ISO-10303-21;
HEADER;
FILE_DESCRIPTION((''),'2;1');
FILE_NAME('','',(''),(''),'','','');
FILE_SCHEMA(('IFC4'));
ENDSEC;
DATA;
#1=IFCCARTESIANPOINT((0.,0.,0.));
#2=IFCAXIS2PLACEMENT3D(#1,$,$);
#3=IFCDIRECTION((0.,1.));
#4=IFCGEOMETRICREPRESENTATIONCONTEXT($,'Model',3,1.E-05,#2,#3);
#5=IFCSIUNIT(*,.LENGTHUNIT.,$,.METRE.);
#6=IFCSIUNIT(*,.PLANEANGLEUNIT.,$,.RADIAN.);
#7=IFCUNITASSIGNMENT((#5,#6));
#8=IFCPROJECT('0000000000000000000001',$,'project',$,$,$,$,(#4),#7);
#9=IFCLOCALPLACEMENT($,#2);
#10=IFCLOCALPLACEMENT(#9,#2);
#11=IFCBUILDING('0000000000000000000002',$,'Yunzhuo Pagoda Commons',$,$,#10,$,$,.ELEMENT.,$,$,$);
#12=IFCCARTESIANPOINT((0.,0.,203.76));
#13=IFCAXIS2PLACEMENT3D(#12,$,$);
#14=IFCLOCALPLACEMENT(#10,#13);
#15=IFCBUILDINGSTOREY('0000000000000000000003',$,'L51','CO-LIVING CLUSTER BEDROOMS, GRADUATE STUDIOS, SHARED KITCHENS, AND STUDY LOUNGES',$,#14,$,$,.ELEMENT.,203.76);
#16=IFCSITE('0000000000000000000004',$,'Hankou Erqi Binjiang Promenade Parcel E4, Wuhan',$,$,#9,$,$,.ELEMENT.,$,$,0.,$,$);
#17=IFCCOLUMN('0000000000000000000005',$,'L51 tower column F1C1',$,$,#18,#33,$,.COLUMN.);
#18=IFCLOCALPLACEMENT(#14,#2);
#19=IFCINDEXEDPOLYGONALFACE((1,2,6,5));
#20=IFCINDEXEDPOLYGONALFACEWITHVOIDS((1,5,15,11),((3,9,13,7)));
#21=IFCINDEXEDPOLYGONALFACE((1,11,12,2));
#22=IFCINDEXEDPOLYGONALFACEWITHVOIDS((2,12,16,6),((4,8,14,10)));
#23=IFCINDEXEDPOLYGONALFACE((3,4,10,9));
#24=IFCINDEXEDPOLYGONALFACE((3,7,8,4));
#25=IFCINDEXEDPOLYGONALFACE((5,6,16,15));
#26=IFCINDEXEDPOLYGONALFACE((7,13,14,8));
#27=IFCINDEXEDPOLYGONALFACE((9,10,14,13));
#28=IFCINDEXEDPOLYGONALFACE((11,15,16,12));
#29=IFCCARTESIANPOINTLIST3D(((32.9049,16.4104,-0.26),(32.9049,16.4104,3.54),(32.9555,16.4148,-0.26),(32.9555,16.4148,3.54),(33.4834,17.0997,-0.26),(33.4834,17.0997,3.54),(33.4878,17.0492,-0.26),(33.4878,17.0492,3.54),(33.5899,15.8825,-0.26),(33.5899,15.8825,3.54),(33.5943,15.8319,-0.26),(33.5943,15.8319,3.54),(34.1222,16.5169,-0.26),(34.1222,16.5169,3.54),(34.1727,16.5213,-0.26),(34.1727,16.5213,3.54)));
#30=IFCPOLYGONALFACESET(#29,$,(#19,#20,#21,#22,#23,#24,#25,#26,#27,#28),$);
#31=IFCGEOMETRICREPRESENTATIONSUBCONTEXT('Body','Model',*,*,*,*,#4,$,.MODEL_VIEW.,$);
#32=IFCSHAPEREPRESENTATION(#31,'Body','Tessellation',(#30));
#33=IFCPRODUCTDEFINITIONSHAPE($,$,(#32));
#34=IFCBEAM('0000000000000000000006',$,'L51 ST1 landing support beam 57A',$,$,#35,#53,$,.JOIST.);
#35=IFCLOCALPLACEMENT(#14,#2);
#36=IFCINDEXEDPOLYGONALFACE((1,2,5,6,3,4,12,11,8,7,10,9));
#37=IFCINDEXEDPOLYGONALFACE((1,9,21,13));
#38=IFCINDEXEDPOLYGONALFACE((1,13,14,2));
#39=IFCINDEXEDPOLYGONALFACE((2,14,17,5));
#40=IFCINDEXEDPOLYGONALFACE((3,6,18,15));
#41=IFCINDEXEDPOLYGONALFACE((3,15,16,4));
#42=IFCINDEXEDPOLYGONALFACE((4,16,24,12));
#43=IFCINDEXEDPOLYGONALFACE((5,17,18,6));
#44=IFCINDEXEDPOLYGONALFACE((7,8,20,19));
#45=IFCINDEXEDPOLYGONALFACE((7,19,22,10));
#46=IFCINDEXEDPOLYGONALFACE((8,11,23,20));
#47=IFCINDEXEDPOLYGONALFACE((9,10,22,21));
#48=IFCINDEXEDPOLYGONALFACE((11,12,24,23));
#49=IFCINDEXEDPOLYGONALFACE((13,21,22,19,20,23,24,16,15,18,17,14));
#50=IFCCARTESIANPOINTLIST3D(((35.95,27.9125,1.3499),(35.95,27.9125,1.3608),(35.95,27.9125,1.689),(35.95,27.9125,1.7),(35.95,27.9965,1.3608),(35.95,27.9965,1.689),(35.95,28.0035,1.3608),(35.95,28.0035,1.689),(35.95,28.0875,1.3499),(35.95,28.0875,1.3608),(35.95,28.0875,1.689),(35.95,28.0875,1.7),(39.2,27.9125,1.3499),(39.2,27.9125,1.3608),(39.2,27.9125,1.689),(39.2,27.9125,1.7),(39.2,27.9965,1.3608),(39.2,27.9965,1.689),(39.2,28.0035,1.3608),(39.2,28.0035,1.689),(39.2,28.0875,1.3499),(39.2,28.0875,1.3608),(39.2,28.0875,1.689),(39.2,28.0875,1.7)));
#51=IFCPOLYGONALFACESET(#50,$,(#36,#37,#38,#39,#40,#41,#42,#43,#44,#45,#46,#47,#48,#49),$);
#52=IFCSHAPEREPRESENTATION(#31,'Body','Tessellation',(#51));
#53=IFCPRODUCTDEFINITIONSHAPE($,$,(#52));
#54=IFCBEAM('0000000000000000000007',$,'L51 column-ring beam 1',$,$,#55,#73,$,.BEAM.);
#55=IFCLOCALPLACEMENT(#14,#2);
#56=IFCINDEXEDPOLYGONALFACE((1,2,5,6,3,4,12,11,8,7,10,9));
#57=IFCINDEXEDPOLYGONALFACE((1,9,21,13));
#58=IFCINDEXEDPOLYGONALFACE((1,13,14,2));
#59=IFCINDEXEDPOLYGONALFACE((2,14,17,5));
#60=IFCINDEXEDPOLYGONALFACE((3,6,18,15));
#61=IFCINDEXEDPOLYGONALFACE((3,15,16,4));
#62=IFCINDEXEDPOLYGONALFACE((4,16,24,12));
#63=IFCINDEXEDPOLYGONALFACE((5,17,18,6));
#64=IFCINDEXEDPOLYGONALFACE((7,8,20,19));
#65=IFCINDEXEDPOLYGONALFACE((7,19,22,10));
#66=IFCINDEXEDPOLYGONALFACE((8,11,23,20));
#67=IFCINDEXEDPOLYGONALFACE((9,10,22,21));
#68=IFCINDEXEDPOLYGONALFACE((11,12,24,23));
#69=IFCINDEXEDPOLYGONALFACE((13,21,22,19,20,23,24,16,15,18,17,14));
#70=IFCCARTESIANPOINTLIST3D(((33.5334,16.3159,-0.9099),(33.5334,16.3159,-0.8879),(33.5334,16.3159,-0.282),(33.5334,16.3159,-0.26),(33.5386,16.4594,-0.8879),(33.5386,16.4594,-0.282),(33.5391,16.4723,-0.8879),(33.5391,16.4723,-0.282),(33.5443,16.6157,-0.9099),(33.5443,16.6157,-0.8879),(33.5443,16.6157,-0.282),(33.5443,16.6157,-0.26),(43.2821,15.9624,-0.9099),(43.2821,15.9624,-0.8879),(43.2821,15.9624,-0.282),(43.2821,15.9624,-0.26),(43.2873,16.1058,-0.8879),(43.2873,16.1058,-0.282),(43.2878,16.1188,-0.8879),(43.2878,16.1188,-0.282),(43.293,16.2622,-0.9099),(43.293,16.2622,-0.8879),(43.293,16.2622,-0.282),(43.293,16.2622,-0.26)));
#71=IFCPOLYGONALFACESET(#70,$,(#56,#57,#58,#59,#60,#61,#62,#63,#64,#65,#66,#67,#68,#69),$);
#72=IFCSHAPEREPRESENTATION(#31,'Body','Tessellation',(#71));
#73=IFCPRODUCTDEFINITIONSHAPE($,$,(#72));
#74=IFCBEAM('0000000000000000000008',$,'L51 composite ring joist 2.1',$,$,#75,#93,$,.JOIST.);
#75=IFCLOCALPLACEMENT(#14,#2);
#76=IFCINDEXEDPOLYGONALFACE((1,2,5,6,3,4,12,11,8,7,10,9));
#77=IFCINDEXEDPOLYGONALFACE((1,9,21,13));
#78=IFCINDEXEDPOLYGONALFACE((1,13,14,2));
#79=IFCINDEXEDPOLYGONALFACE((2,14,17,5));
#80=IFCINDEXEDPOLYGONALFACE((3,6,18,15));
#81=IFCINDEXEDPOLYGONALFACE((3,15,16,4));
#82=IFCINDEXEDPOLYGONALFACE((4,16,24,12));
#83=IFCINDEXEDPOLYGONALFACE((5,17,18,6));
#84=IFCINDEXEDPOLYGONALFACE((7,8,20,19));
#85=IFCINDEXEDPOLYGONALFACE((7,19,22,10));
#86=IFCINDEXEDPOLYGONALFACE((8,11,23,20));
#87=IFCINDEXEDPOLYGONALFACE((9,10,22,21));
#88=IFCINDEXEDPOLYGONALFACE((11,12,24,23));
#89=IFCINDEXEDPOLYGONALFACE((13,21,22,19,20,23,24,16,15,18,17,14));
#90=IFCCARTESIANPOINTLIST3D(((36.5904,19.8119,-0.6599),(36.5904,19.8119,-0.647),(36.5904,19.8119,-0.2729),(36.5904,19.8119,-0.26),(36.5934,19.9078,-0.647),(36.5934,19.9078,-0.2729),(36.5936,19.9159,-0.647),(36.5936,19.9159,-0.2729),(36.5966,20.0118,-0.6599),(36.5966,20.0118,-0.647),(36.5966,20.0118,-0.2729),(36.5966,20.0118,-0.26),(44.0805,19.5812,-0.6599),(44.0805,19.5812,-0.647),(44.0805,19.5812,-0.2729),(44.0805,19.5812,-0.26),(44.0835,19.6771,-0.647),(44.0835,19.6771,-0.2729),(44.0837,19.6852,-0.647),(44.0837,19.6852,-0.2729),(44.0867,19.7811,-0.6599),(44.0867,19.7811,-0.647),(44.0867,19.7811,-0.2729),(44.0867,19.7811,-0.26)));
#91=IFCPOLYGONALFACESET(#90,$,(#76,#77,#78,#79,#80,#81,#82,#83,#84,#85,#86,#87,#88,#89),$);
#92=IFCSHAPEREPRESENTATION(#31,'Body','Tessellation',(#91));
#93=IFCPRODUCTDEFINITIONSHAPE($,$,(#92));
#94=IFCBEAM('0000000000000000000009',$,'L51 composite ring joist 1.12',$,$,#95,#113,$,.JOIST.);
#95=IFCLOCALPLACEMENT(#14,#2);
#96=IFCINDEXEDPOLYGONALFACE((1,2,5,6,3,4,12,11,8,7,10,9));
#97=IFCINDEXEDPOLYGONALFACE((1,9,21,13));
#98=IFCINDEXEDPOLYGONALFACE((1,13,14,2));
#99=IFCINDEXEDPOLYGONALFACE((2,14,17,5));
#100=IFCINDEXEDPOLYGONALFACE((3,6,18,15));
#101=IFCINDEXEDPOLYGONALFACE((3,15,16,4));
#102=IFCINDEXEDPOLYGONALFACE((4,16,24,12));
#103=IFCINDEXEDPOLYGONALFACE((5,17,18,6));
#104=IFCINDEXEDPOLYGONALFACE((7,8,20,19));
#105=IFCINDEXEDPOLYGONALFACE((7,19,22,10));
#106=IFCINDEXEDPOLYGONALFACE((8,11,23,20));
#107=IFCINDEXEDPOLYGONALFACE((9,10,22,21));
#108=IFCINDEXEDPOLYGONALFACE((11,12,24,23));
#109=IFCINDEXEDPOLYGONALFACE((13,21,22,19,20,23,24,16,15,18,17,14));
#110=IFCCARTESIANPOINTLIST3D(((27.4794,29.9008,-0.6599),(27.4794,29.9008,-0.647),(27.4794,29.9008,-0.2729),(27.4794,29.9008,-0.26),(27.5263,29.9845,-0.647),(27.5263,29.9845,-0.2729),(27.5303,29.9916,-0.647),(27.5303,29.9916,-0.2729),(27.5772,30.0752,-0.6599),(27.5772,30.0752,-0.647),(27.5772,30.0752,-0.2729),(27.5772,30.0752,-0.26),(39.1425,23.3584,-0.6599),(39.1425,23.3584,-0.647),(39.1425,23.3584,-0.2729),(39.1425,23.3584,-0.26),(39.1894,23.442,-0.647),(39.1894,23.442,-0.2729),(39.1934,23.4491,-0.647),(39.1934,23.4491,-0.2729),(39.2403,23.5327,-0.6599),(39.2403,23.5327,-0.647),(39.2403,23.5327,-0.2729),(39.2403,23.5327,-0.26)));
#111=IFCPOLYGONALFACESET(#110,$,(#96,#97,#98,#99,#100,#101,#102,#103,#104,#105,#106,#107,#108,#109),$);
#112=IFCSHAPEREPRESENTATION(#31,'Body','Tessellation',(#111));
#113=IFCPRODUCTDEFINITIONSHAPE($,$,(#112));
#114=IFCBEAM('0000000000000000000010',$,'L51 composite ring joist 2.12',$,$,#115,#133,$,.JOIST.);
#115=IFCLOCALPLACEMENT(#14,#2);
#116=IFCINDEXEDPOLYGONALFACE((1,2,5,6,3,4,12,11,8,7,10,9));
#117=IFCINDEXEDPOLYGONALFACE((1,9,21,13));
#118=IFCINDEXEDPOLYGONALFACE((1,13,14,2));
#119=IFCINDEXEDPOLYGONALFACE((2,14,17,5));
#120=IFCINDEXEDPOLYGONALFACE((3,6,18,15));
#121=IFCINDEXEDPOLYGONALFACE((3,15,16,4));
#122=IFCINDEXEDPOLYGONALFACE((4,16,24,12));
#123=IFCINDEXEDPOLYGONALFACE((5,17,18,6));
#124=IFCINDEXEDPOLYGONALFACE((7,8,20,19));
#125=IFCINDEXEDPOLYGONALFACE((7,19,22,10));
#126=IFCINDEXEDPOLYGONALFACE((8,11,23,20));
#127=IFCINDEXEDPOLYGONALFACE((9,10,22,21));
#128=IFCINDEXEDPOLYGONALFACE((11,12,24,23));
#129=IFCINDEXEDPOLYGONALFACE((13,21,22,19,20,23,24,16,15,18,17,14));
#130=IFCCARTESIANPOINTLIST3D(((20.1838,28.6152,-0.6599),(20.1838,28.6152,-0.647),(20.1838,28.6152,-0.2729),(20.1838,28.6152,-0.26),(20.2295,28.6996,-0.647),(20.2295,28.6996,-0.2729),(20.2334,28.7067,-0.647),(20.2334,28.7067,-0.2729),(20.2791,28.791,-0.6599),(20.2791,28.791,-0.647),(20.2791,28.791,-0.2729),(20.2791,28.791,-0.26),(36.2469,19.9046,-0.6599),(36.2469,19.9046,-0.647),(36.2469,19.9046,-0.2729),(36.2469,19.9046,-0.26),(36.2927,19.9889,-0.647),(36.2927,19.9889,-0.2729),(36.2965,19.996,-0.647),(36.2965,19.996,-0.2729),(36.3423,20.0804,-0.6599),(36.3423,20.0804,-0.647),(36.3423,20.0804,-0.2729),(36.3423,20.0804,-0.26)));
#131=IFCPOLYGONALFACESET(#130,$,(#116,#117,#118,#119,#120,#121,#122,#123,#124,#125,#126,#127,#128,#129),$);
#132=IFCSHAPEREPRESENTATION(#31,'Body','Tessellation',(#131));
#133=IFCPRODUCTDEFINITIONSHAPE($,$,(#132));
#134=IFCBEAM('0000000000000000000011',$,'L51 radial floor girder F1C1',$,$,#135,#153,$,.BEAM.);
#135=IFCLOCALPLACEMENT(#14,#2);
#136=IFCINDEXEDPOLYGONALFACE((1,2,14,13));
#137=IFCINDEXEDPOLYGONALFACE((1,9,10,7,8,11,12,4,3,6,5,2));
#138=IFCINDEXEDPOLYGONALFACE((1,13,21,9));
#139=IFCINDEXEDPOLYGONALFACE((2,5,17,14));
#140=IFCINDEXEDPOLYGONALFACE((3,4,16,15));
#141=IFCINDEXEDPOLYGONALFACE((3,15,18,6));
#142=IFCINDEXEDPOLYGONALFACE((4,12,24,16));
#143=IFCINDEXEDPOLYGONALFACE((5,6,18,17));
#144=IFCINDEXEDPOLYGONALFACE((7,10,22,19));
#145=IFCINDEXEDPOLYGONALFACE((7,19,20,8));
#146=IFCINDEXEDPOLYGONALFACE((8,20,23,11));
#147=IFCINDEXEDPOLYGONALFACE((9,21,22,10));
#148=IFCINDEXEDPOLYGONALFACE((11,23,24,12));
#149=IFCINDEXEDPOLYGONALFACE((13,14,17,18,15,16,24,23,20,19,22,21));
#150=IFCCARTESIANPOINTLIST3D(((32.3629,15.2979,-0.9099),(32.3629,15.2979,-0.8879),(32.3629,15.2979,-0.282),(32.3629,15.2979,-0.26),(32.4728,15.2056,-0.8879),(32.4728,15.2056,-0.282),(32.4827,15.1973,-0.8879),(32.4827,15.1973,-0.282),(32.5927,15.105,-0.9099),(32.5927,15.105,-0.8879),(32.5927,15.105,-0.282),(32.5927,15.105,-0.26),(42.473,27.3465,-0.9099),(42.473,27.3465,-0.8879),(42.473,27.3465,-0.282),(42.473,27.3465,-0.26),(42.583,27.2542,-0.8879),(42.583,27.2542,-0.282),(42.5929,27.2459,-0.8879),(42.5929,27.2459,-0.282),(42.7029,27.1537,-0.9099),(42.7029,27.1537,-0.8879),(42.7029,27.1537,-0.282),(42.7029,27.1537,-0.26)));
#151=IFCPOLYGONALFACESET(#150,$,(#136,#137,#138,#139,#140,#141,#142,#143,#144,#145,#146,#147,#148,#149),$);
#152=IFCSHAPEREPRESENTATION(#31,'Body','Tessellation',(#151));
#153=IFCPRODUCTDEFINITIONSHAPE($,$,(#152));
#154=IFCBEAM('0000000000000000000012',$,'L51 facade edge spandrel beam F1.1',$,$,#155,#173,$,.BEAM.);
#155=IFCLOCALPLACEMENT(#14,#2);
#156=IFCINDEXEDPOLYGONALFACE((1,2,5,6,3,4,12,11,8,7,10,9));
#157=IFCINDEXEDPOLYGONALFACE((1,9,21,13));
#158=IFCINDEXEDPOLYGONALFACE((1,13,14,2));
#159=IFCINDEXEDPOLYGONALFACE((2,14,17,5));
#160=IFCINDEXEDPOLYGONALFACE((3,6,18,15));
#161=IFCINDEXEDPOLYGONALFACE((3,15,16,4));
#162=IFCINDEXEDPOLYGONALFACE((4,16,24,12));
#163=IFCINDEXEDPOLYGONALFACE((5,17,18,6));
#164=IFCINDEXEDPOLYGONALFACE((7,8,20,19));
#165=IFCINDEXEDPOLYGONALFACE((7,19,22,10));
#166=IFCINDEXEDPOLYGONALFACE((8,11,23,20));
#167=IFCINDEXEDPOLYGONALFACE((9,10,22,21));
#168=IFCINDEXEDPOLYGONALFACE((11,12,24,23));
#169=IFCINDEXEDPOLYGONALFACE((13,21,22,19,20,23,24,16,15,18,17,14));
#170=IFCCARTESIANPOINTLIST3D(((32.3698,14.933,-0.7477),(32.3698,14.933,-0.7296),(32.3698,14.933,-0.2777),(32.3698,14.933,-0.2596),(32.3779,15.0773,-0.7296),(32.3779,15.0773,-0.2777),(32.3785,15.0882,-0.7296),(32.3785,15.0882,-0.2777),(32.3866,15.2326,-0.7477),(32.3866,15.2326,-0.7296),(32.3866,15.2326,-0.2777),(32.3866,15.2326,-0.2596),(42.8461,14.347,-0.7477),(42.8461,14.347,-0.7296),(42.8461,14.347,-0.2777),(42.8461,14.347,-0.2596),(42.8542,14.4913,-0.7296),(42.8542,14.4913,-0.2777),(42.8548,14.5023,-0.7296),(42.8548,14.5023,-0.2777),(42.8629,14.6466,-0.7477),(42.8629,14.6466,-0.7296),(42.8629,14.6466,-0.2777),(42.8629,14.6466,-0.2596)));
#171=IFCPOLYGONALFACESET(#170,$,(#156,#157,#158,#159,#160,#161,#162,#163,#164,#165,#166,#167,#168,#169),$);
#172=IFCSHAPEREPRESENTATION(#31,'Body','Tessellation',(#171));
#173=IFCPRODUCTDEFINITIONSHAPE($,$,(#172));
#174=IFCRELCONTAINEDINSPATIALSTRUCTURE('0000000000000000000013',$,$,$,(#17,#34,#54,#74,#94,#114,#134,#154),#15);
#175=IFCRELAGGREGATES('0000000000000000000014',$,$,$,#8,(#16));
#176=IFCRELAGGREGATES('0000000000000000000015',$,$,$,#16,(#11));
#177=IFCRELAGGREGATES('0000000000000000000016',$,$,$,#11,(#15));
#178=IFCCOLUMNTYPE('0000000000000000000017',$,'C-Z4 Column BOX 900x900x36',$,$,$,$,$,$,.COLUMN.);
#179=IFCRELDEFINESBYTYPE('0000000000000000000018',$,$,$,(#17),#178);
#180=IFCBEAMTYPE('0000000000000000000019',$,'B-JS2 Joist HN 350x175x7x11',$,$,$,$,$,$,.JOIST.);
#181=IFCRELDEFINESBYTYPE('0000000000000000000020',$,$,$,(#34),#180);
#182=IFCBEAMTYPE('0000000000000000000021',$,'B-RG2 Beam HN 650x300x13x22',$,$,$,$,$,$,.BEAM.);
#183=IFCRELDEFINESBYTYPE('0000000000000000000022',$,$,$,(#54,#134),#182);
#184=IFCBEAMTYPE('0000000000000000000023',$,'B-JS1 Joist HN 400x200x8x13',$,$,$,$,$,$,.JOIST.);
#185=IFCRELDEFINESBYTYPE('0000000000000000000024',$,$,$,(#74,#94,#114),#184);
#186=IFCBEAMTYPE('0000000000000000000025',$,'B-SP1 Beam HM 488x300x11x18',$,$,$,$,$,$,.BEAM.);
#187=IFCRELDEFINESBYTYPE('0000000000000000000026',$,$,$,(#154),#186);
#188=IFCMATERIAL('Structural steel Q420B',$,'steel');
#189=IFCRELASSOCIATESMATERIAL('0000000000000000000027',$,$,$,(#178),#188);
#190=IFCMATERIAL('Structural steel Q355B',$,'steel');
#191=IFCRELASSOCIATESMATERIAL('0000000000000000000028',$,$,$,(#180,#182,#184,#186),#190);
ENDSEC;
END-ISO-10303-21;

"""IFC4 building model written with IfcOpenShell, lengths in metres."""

from ifc_helpers import new_model, si_unit, direction, frame, origin, origin_2d, place, context, subcontext, project, spatial, hollow_rectangle, i_section, extrude, source, transform, mapped, material, material_profile, profile_set, type_object, element, save


model = new_model("IFC4")

# Units and contexts
model_context = context("Model", 3, precision=1e-05, world=origin(), true_north=direction((0.0, 1.0)))
body_context = subcontext(model_context, "Body", "Model", "MODEL_VIEW")
ifc_project = project(units=[si_unit("LENGTHUNIT", "METRE"), si_unit("PLANEANGLEUNIT", "RADIAN")], contexts=[model_context])

# Site, building, storey
site_placement = place(None, origin())
site = spatial("IfcSite", under=ifc_project, at=site_placement, Name="Hankou Erqi Binjiang Promenade Parcel E4, Wuhan", CompositionType="ELEMENT", RefElevation=0.0)
building_placement = place(site_placement, origin())
building = spatial("IfcBuilding", under=site, at=building_placement, Name="Yunzhuo Pagoda Commons", CompositionType="ELEMENT")
storey_placement = place(building_placement, frame((0.0, 0.0, 203.76)))
storey = spatial("IfcBuildingStorey", under=building, at=storey_placement, Name="L51", Description="CO-LIVING CLUSTER BEDROOMS, GRADUATE STUDIOS, SHARED KITCHENS, AND STUDY LOUNGES", CompositionType="ELEMENT", Elevation=203.76)

# Column
ifc_material_1 = material(Name="Structural steel Q420B", Category="steel")
ifc_material_profile_1 = material_profile(ifc_material_1, hollow_rectangle(XDim=0.8999, YDim=0.8999, WallThickness=0.0359, at=origin_2d()), Name="Structural steel Q420B")
ifc_profile_set_1 = profile_set([ifc_material_profile_1], Name="Structural steel Q420B")
column_type = type_object("IfcColumnType", Name="C-Z4 Column BOX 900x900x36", PredefinedType="COLUMN", material=ifc_profile_set_1)
shared_shape_1 = source(origin(), body_context, "Body", "SweptSolid", [
    extrude(hollow_rectangle(XDim=0.8999, YDim=0.8999, WallThickness=0.0359, at=origin_2d()), origin(), (0.0, 0.0, 1.0), 3.8),
])
column_placement = place(storey_placement, frame((33.5388, 16.4658, -0.26), z_axis=(0.0, 0.0, 1.0), x_axis=(0.766044, -0.642788, 0.0)))
element("IfcColumn", 1, at=column_placement, inside=storey, type_object=column_type, Name="L51 tower column F1C1", PredefinedType="COLUMN", context=body_context, shape_type="MappedRepresentation", body=[
    mapped(shared_shape_1, transform((0.0, 0.0, 0.0), scale=1.0)),
])

# Beams
ifc_material_2 = material(Name="Structural steel Q355B", Category="steel")
ifc_material_profile_2 = material_profile(ifc_material_2, i_section(OverallWidth=0.175, OverallDepth=0.3501, WebThickness=0.0071, FlangeThickness=0.011, at=origin_2d()), Name="Structural steel Q355B")
ifc_profile_set_2 = profile_set([ifc_material_profile_2], Name="Structural steel Q355B")
beam_type_1 = type_object("IfcBeamType", Name="B-JS2 Joist HN 350x175x7x11", PredefinedType="JOIST", material=ifc_profile_set_2)
shared_shape_2 = source(origin(), body_context, "Body", "SweptSolid", [
    extrude(i_section(OverallWidth=0.175, OverallDepth=0.3501, WebThickness=0.0071, FlangeThickness=0.011, at=origin_2d()), origin(), (0.0, 0.0, 1.0), 3.25),
])
beam_1_placement = place(storey_placement, frame((35.95, 28.0, 1.5249), z_axis=(1.0, 0.0, 0.0), x_axis=(0.0, 1.0, 0.0)))
element("IfcBeam", 2, at=beam_1_placement, inside=storey, type_object=beam_type_1, Name="L51 ST1 landing support beam 57A", PredefinedType="JOIST", context=body_context, shape_type="MappedRepresentation", body=[
    mapped(shared_shape_2, transform((0.0, 0.0, 0.0), scale=1.0)),
])
ifc_material_profile_3 = material_profile(ifc_material_2, i_section(OverallWidth=0.3, OverallDepth=0.6499, WebThickness=0.0129, FlangeThickness=0.022, at=origin_2d()), Name="Structural steel Q355B")
ifc_profile_set_3 = profile_set([ifc_material_profile_3], Name="Structural steel Q355B")
beam_type_2 = type_object("IfcBeamType", Name="B-RG2 Beam HN 650x300x13x22", PredefinedType="BEAM", material=ifc_profile_set_3)
shared_shape_3 = source(origin(), body_context, "Body", "SweptSolid", [
    extrude(i_section(OverallWidth=0.3, OverallDepth=0.6499, WebThickness=0.0129, FlangeThickness=0.022, at=origin_2d()), origin(), (0.0, 0.0, 1.0), 9.7551),
])
beam_2_placement = place(storey_placement, frame((33.5388, 16.4658, -0.585), z_axis=(0.999343, -0.036239, 0.0), x_axis=(0.036239, 0.999343, 0.0)))
element("IfcBeam", 3, at=beam_2_placement, inside=storey, type_object=beam_type_2, Name="L51 column-ring beam 1", PredefinedType="BEAM", context=body_context, shape_type="MappedRepresentation", body=[
    mapped(shared_shape_3, transform((0.0, 0.0, 0.0), scale=1.0)),
])
ifc_material_profile_4 = material_profile(ifc_material_2, i_section(OverallWidth=0.2, OverallDepth=0.3999, WebThickness=0.0081, FlangeThickness=0.0129, at=origin_2d()), Name="Structural steel Q355B")
ifc_profile_set_4 = profile_set([ifc_material_profile_4], Name="Structural steel Q355B")
beam_type_3 = type_object("IfcBeamType", Name="B-JS1 Joist HN 400x200x8x13", PredefinedType="JOIST", material=ifc_profile_set_4)
shared_shape_4 = source(origin(), body_context, "Body", "SweptSolid", [
    extrude(i_section(OverallWidth=0.2, OverallDepth=0.3999, WebThickness=0.0081, FlangeThickness=0.0129, at=origin_2d()), origin(), (0.0, 0.0, 1.0), 7.4937),
])
beam_3_placement = place(storey_placement, frame((36.5935, 19.9119, -0.46), z_axis=(0.999526, -0.030788, 0.0), x_axis=(0.030788, 0.999526, 0.0)))
element("IfcBeam", 4, at=beam_3_placement, inside=storey, type_object=beam_type_3, Name="L51 composite ring joist 2.1", PredefinedType="JOIST", context=body_context, shape_type="MappedRepresentation", body=[
    mapped(shared_shape_4, transform((0.0, 0.0, 0.0), scale=1.0)),
])
shared_shape_5 = source(origin(), body_context, "Body", "SweptSolid", [
    extrude(i_section(OverallWidth=0.2, OverallDepth=0.3999, WebThickness=0.0081, FlangeThickness=0.0129, at=origin_2d()), origin(), (0.0, 0.0, 1.0), 13.3728),
])
beam_4_placement = place(storey_placement, frame((27.5283, 29.988, -0.46), z_axis=(0.87215, -0.489238, 0.0), x_axis=(0.489238, 0.87215, 0.0)))
element("IfcBeam", 5, at=beam_4_placement, inside=storey, type_object=beam_type_3, Name="L51 composite ring joist 1.12", PredefinedType="JOIST", context=body_context, shape_type="MappedRepresentation", body=[
    mapped(shared_shape_5, transform((0.0, 0.0, 0.0), scale=1.0)),
])
shared_shape_6 = source(origin(), body_context, "Body", "SweptSolid", [
    extrude(i_section(OverallWidth=0.2, OverallDepth=0.3999, WebThickness=0.0081, FlangeThickness=0.0129, at=origin_2d()), origin(), (0.0, 0.0, 1.0), 18.2729),
])
beam_5_placement = place(storey_placement, frame((20.2314, 28.7031, -0.46), z_axis=(0.879068, -0.476697, 0.0), x_axis=(0.476697, 0.879068, 0.0)))
element("IfcBeam", 6, at=beam_5_placement, inside=storey, type_object=beam_type_3, Name="L51 composite ring joist 2.12", PredefinedType="JOIST", context=body_context, shape_type="MappedRepresentation", body=[
    mapped(shared_shape_6, transform((0.0, 0.0, 0.0), scale=1.0)),
])
shared_shape_7 = source(origin(), body_context, "Body", "SweptSolid", [
    extrude(i_section(OverallWidth=0.3, OverallDepth=0.6499, WebThickness=0.0129, FlangeThickness=0.022, at=origin_2d()), origin(), (0.0, 0.0, 1.0), 15.7285),
])
beam_6_placement = place(storey_placement, frame((32.4778, 15.2014, -0.585), z_axis=(0.642793, 0.76604, 0.0), x_axis=(-0.76604, 0.642793, 0.0)))
element("IfcBeam", 7, at=beam_6_placement, inside=storey, type_object=beam_type_2, Name="L51 radial floor girder F1C1", PredefinedType="BEAM", context=body_context, shape_type="MappedRepresentation", body=[
    mapped(shared_shape_7, transform((0.0, 0.0, 0.0), scale=1.0)),
])
ifc_material_profile_5 = material_profile(ifc_material_2, i_section(OverallWidth=0.3, OverallDepth=0.488, WebThickness=0.011, FlangeThickness=0.0181, at=origin_2d()), Name="Structural steel Q355B")
ifc_profile_set_5 = profile_set([ifc_material_profile_5], Name="Structural steel Q355B")
beam_type_4 = type_object("IfcBeamType", Name="B-SP1 Beam HM 488x300x11x18", PredefinedType="BEAM", material=ifc_profile_set_5)
shared_shape_8 = source(origin(), body_context, "Body", "SweptSolid", [
    extrude(i_section(OverallWidth=0.3, OverallDepth=0.488, WebThickness=0.011, FlangeThickness=0.0181, at=origin_2d()), origin(), (0.0, 0.0, 1.0), 10.4927),
])
beam_7_placement = place(storey_placement, frame((32.3782, 15.0828, -0.5037), z_axis=(0.99844, -0.055842, 0.0), x_axis=(0.055842, 0.99844, 0.0)))
element("IfcBeam", 8, at=beam_7_placement, inside=storey, type_object=beam_type_4, Name="L51 facade edge spandrel beam F1.1", PredefinedType="BEAM", context=body_context, shape_type="MappedRepresentation", body=[
    mapped(shared_shape_8, transform((0.0, 0.0, 0.0), scale=1.0)),
])

save(model, "model.ifc")
